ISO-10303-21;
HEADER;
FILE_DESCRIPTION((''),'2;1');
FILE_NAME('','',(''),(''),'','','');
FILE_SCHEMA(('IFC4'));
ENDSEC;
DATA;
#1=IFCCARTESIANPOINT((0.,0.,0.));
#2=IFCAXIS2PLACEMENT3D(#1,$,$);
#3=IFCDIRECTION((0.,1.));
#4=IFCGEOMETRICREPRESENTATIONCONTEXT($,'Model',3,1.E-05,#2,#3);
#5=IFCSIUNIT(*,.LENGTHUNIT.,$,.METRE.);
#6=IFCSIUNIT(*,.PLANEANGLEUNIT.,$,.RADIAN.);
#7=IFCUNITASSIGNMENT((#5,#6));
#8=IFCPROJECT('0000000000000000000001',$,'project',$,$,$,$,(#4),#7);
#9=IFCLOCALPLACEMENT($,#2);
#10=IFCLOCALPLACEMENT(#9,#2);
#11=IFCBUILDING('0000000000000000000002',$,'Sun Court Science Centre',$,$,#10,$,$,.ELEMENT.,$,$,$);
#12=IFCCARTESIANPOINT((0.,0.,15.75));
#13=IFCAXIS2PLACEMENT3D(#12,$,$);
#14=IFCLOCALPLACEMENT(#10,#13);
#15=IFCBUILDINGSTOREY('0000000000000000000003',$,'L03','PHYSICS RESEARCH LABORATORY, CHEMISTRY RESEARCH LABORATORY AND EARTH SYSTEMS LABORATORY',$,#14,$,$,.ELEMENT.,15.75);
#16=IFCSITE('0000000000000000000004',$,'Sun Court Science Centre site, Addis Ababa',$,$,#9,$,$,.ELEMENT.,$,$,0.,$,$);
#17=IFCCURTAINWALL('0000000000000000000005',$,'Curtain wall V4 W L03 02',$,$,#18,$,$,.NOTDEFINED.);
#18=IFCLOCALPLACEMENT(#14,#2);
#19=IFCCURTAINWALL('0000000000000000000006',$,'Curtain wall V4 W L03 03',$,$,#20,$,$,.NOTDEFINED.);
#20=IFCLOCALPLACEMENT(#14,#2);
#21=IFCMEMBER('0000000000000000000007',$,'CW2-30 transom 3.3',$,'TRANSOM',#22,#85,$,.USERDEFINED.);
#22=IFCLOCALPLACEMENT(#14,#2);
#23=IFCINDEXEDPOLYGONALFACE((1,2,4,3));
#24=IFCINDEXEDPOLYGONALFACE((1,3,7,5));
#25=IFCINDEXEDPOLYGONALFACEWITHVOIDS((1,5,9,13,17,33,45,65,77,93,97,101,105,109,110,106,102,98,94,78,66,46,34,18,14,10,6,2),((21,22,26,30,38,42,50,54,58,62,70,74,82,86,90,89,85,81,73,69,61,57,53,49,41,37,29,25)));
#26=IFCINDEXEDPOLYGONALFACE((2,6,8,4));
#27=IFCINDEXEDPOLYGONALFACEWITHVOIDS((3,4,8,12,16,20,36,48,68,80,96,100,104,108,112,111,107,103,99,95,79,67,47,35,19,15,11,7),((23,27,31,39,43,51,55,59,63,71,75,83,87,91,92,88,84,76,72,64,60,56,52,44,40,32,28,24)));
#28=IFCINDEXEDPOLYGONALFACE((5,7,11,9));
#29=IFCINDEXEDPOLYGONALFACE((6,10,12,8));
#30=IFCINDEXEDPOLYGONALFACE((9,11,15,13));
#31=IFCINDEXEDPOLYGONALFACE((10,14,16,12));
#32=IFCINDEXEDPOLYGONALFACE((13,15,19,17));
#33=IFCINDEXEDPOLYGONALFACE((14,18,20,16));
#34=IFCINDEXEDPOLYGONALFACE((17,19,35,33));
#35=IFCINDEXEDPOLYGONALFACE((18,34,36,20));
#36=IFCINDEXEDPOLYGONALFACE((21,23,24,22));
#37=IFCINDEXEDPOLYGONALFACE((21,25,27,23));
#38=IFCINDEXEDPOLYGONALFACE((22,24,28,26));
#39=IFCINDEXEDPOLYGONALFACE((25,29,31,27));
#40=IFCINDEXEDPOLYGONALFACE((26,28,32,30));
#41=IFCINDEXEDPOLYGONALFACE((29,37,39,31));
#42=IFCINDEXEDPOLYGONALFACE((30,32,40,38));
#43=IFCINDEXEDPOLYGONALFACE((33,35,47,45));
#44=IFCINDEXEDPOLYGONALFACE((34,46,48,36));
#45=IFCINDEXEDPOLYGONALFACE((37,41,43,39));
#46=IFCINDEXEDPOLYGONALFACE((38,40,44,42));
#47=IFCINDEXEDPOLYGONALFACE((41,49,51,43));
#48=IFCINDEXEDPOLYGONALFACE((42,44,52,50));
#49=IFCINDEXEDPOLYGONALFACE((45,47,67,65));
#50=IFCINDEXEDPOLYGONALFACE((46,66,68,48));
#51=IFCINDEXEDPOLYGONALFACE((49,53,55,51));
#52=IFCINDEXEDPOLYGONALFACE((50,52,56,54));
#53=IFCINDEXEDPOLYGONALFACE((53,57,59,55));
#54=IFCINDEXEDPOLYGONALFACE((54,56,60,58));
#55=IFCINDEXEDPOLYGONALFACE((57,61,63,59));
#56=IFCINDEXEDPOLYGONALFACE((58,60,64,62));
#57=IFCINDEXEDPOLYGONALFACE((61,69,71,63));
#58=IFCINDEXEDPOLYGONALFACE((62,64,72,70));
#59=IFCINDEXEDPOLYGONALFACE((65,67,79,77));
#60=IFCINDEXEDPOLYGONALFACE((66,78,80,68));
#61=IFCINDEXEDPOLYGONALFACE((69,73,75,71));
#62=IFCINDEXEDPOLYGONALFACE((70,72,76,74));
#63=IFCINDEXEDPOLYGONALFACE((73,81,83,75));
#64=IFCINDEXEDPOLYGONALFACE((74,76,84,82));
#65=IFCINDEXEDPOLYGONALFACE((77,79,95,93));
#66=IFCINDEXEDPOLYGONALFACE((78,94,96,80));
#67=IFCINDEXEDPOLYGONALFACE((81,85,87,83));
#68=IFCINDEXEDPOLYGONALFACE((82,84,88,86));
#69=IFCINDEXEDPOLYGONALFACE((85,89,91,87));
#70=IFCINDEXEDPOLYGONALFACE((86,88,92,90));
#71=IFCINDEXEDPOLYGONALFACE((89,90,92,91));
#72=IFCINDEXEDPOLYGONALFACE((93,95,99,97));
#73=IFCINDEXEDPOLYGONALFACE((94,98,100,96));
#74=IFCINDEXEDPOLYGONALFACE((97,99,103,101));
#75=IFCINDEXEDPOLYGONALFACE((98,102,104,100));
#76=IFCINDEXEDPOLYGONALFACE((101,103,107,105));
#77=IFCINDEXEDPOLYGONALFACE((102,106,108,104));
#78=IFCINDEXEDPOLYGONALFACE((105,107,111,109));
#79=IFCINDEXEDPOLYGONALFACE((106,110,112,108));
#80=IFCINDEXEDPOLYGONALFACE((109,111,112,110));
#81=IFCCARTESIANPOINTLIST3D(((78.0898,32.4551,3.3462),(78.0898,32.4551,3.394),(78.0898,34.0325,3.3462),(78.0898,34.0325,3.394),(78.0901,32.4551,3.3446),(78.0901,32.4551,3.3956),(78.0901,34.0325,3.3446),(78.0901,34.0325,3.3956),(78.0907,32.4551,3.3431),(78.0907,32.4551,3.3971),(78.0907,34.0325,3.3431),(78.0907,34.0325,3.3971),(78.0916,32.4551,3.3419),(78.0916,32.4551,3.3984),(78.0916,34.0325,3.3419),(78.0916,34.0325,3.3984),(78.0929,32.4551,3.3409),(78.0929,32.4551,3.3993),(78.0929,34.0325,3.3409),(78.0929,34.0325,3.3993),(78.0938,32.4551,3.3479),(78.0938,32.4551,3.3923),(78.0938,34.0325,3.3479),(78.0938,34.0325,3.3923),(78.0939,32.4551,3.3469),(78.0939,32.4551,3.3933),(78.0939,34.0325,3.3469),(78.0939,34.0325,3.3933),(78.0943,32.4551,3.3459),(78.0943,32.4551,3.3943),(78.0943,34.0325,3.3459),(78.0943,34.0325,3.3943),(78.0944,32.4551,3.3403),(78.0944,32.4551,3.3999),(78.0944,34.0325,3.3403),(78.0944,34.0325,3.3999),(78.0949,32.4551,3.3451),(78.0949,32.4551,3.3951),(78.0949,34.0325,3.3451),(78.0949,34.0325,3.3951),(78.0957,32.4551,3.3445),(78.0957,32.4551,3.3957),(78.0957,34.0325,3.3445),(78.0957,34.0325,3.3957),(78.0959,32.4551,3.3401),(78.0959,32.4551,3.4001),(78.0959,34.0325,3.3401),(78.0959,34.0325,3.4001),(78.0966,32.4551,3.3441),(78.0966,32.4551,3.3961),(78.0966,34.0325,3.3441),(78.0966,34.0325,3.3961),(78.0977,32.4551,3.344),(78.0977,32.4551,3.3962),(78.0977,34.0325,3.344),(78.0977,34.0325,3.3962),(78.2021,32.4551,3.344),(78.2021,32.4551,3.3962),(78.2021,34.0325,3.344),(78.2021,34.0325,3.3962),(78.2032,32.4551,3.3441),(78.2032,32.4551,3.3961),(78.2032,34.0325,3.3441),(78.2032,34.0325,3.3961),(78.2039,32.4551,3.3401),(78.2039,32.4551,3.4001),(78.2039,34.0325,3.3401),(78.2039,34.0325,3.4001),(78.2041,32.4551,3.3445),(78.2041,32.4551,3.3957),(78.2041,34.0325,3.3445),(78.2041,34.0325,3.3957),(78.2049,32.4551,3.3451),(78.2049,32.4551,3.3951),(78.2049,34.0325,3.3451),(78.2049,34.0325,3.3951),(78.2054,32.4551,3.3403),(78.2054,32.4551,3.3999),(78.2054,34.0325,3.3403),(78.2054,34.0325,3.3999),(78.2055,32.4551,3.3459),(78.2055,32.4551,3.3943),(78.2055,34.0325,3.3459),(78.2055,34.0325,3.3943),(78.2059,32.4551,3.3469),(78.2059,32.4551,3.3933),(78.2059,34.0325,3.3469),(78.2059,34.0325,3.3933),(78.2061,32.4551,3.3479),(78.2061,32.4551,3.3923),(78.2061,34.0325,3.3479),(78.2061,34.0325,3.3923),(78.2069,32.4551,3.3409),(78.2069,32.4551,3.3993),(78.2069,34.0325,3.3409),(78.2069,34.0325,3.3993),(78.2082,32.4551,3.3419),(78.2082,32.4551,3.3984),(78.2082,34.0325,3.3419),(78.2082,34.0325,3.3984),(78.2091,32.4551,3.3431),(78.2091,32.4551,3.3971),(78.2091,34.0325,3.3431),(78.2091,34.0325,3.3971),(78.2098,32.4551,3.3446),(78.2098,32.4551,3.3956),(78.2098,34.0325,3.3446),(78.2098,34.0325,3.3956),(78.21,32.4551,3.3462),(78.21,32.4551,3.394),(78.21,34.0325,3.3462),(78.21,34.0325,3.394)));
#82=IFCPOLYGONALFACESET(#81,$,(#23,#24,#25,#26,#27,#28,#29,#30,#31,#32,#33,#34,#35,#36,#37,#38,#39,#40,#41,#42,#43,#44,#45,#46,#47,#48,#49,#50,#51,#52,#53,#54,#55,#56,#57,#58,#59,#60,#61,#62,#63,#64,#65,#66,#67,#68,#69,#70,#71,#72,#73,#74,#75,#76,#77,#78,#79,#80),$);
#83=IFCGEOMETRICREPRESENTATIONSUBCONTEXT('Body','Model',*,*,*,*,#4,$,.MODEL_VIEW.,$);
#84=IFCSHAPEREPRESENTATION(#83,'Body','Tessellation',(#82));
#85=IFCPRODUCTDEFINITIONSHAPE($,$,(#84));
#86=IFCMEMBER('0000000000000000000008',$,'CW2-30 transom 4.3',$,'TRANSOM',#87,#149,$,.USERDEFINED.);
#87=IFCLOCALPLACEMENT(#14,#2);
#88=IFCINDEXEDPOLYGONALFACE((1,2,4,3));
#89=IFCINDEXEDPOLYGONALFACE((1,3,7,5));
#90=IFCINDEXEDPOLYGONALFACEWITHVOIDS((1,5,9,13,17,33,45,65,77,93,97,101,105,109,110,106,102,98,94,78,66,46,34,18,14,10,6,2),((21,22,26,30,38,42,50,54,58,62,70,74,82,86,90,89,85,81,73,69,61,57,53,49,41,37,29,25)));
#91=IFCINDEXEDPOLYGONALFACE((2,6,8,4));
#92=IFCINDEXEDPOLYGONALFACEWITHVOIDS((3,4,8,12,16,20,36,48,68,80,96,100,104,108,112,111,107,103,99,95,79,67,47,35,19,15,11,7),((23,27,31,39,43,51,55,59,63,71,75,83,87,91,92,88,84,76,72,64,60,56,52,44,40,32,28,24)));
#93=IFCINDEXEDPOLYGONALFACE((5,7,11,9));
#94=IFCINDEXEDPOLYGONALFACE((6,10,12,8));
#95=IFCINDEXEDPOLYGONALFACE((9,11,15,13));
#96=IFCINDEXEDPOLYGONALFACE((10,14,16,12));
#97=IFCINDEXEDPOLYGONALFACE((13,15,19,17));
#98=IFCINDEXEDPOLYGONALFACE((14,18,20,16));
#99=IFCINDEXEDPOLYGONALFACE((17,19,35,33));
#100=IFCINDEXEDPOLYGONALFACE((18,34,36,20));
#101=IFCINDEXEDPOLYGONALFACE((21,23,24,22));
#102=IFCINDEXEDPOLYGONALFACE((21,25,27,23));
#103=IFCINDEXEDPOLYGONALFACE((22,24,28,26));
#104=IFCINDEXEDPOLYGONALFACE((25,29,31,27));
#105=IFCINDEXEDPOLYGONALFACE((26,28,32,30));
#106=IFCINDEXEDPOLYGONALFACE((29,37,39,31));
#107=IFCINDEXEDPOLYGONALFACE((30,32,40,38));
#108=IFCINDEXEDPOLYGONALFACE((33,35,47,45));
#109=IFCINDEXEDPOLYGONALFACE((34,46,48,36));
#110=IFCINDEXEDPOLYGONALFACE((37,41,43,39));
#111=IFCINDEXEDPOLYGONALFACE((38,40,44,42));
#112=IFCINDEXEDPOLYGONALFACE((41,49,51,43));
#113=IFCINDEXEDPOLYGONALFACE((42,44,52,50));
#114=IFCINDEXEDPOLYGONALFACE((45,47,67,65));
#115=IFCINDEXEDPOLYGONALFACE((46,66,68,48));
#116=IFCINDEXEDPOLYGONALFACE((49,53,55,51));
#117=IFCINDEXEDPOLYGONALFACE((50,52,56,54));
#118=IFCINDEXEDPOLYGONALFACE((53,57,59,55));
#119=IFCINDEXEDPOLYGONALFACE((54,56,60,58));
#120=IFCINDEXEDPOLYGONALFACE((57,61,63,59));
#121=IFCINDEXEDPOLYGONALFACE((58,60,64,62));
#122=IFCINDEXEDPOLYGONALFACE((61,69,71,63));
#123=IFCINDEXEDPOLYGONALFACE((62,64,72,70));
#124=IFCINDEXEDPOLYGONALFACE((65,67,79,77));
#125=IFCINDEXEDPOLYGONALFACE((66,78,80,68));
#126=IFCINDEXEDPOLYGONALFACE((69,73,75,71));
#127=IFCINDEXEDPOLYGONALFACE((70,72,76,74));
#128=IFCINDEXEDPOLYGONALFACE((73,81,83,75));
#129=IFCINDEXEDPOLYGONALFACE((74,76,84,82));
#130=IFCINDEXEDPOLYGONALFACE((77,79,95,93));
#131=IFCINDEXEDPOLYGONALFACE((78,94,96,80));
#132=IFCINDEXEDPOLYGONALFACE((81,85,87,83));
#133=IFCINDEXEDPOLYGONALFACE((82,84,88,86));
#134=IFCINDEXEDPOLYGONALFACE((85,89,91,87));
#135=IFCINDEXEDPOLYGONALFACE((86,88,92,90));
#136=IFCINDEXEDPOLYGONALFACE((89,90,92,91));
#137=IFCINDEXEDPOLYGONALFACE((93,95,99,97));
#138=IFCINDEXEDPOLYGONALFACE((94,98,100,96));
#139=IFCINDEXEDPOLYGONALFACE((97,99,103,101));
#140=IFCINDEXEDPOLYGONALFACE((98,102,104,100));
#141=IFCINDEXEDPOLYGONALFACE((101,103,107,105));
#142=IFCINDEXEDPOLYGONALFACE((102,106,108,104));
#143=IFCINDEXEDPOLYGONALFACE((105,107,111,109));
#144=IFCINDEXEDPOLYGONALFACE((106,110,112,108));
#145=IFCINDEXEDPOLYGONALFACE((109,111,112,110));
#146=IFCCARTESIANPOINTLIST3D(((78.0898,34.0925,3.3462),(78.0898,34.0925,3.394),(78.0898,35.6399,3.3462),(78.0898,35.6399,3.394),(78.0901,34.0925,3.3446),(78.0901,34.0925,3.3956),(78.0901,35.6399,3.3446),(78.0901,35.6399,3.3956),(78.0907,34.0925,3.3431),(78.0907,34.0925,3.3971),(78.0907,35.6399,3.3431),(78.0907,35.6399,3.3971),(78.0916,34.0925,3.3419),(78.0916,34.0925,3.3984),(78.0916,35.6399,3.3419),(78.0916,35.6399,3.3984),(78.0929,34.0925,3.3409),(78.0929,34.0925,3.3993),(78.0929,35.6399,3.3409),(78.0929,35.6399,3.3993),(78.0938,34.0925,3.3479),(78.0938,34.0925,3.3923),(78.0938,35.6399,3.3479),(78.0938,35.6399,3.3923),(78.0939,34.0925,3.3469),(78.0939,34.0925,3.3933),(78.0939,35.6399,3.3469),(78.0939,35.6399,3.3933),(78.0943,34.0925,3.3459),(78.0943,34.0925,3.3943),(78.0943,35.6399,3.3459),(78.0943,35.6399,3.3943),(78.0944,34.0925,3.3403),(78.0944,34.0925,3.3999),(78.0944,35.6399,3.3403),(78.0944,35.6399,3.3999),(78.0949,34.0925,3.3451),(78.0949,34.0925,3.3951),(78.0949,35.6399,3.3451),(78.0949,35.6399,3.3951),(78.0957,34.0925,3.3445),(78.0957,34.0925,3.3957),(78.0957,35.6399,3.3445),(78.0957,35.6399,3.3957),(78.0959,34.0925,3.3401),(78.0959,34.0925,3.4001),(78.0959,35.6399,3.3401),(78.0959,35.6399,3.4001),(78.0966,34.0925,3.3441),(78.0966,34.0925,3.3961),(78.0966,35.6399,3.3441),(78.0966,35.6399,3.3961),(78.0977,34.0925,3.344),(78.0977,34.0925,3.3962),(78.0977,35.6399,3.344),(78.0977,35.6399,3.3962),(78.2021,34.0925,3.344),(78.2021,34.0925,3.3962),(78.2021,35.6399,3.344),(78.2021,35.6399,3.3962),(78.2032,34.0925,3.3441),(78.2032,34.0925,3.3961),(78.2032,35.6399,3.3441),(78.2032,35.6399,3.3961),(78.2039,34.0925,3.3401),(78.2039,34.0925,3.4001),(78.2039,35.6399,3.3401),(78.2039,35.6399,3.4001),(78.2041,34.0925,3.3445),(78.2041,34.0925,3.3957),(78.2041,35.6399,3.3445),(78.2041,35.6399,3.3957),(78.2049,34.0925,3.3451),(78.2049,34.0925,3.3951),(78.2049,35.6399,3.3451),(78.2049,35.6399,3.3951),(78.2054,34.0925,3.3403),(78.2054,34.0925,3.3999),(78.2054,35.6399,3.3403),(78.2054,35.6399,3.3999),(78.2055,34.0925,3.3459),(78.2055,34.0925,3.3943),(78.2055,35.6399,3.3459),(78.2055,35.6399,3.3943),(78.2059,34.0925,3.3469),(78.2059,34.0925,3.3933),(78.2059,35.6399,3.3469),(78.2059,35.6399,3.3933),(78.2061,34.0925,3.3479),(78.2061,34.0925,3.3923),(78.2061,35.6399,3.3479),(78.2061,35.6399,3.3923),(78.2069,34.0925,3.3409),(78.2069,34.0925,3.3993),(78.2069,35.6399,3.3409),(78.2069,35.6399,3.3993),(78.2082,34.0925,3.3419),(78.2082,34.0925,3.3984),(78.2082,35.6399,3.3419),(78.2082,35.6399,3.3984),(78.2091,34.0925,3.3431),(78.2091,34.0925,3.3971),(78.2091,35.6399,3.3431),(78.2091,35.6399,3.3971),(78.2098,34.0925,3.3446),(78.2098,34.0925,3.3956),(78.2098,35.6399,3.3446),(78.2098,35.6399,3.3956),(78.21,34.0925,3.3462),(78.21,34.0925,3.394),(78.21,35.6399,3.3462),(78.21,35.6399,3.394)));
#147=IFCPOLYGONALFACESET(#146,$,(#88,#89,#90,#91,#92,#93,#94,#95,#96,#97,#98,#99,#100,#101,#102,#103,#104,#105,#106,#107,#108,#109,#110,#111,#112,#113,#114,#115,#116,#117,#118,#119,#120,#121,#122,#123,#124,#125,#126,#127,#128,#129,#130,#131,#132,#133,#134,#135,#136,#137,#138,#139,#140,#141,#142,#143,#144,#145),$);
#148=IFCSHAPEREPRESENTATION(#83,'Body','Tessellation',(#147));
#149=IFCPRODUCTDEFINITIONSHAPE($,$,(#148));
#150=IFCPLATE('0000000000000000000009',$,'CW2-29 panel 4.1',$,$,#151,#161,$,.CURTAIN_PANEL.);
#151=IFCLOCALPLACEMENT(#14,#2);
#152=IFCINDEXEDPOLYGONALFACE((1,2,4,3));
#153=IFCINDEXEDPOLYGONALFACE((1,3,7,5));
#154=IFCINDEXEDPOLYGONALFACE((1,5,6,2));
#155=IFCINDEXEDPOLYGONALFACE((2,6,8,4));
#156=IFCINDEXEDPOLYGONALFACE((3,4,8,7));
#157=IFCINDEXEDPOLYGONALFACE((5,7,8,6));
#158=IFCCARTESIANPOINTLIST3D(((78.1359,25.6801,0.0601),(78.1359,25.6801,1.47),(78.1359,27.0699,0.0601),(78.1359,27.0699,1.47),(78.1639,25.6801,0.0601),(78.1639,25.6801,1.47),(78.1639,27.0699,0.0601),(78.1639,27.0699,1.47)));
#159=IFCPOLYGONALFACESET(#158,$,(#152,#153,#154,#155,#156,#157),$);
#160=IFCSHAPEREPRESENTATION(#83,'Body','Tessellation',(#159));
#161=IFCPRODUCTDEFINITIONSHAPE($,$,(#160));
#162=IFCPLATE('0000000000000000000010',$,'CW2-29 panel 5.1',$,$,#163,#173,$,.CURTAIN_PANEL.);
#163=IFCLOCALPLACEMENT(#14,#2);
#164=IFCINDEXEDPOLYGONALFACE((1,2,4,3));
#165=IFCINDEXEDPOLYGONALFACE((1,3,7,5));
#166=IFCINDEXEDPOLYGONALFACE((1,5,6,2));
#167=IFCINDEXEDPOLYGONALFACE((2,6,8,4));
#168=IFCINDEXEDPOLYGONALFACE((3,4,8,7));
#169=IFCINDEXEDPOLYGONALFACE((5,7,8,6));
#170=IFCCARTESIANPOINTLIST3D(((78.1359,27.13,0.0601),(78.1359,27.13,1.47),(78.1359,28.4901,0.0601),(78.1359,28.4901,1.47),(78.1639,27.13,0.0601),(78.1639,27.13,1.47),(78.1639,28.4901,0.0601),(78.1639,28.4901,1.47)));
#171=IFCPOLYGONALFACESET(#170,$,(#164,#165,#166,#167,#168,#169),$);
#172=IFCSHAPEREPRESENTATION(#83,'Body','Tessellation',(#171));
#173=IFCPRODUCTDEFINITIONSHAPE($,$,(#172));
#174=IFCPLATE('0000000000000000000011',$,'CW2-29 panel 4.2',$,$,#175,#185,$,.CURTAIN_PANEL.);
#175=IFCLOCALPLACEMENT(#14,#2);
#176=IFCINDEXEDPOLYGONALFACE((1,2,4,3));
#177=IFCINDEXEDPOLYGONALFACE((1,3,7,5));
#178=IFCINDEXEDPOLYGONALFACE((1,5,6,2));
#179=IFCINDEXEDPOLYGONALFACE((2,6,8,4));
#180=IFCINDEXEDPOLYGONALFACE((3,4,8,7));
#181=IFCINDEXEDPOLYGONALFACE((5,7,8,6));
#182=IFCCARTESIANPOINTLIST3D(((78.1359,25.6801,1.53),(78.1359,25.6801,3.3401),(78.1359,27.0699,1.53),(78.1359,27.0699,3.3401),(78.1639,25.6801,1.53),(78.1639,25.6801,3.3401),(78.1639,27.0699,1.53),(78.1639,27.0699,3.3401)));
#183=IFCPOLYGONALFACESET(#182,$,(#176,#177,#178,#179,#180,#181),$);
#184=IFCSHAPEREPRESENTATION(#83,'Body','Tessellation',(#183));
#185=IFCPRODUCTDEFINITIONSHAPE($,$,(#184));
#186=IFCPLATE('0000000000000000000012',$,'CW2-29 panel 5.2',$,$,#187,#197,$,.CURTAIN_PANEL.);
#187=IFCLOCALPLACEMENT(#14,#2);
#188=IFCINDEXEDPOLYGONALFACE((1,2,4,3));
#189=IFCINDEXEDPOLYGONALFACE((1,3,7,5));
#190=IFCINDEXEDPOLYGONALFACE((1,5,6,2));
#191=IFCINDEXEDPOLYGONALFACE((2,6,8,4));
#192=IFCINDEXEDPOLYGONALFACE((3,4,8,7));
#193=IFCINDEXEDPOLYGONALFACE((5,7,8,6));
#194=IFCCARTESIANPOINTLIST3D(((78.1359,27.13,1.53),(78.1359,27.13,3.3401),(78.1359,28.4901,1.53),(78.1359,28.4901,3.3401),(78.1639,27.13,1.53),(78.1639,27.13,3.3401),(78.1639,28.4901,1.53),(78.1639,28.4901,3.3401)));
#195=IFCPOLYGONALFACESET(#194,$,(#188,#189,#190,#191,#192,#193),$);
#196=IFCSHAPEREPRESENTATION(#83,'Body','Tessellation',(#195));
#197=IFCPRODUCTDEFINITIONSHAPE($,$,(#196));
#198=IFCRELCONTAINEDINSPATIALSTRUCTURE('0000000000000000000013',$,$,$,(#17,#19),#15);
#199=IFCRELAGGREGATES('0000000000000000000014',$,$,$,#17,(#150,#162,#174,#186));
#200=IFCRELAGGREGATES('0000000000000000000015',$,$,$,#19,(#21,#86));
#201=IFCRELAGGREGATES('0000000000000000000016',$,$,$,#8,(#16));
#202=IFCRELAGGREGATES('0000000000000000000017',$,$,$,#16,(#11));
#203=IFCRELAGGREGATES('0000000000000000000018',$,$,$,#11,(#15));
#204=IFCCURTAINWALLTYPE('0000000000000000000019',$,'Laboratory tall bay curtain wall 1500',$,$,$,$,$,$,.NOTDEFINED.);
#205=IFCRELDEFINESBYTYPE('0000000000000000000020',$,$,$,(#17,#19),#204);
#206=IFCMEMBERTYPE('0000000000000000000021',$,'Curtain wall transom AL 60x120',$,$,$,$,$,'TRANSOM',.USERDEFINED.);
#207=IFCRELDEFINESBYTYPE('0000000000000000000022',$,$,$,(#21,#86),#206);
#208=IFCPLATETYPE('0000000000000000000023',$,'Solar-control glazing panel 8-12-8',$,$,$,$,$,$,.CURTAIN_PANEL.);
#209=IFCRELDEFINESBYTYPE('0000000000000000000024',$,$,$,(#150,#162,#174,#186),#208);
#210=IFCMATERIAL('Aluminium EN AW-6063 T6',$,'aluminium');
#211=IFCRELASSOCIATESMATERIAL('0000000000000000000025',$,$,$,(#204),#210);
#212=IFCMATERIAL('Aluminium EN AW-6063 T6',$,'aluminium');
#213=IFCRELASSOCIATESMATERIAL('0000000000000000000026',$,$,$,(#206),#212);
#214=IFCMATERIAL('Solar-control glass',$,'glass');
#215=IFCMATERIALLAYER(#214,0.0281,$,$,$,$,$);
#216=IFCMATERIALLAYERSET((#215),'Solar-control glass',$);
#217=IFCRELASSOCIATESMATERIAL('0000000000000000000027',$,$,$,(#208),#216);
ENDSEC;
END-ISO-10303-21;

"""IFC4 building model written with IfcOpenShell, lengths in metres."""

from ifc_helpers import new_model, si_unit, direction, frame, origin, origin_2d, place, context, subcontext, project, spatial, rectangle, hollow_rectangle, extrude, material, layer, layer_set, material_profile, profile_set, type_object, element, aggregate, save


model = new_model("IFC4")

# Units and contexts
model_context = context("Model", 3, precision=1e-05, world=origin(), true_north=direction((0.0, 1.0)))
body_context = subcontext(model_context, "Body", "Model", "MODEL_VIEW")
ifc_project = project(units=[si_unit("LENGTHUNIT", "METRE"), si_unit("PLANEANGLEUNIT", "RADIAN")], contexts=[model_context])

# Site, building, storey
site_placement = place(None, origin())
site = spatial("IfcSite", under=ifc_project, at=site_placement, Name="Sun Court Science Centre site, Addis Ababa", CompositionType="ELEMENT", RefElevation=0.0)
building_placement = place(site_placement, origin())
building = spatial("IfcBuilding", under=site, at=building_placement, Name="Sun Court Science Centre", CompositionType="ELEMENT")
storey_placement = place(building_placement, frame((0.0, 0.0, 15.75)))
storey = spatial("IfcBuildingStorey", under=building, at=storey_placement, Name="L03", Description="PHYSICS RESEARCH LABORATORY, CHEMISTRY RESEARCH LABORATORY AND EARTH SYSTEMS LABORATORY", CompositionType="ELEMENT", Elevation=15.75)

# Curtain walls
ifc_material_1 = material(Name="Aluminium EN AW-6063 T6", Category="aluminium")
curtain_wall_type = type_object("IfcCurtainWallType", Name="Laboratory tall bay curtain wall 1500", PredefinedType="NOTDEFINED", material=ifc_material_1)
curtain_wall_1_placement = place(storey_placement, origin())
curtain_wall_1 = element("IfcCurtainWall", 1, at=curtain_wall_1_placement, inside=storey, type_object=curtain_wall_type, Name="Curtain wall V4 W L03 02", PredefinedType="NOTDEFINED")
curtain_wall_2_placement = place(storey_placement, origin())
curtain_wall_2 = element("IfcCurtainWall", 2, at=curtain_wall_2_placement, inside=storey, type_object=curtain_wall_type, Name="Curtain wall V4 W L03 03", PredefinedType="NOTDEFINED")

# Members
ifc_material_2 = material(Name="Aluminium EN AW-6063 T6", Category="aluminium")
ifc_material_profile_1 = material_profile(ifc_material_2, hollow_rectangle(XDim=0.0601, YDim=0.1201, WallThickness=0.0039, InnerFilletRadius=0.0039, OuterFilletRadius=0.0061, at=origin_2d()), Name="AL 60x120x4")
ifc_profile_set_1 = profile_set([ifc_material_profile_1], Name="Aluminium EN AW-6063 T6")
member_type_1 = type_object("IfcMemberType", Name="Curtain wall transom AL 60x120", ElementType="TRANSOM", PredefinedType="USERDEFINED", material=ifc_profile_set_1)
member_1_placement = place(storey_placement, frame((78.1499, 32.4551, 3.3701), z_axis=(0.0, 1.0, 0.0), x_axis=(0.0, 0.0, 1.0)))
member_1 = element("IfcMember", 3, at=member_1_placement, type_object=member_type_1, Name="CW2-30 transom 3.3", ObjectType="TRANSOM", PredefinedType="USERDEFINED", context=body_context, shape_type="SweptSolid", body=[
    extrude(hollow_rectangle(XDim=0.0601, YDim=0.1201, WallThickness=0.0039, InnerFilletRadius=0.0039, OuterFilletRadius=0.0061, at=origin_2d()), origin(), (0.0, 0.0, 1.0), 1.5774),
])
member_2_placement = place(storey_placement, frame((78.1499, 34.0925, 3.3701), z_axis=(0.0, 1.0, 0.0), x_axis=(0.0, 0.0, 1.0)))
member_2 = element("IfcMember", 4, at=member_2_placement, type_object=member_type_1, Name="CW2-30 transom 4.3", ObjectType="TRANSOM", PredefinedType="USERDEFINED", context=body_context, shape_type="SweptSolid", body=[
    extrude(hollow_rectangle(XDim=0.0601, YDim=0.1201, WallThickness=0.0039, InnerFilletRadius=0.0039, OuterFilletRadius=0.0061, at=origin_2d()), origin(), (0.0, 0.0, 1.0), 1.5474),
])

# Plates
ifc_material_3 = material(Name="Solar-control glass", Category="glass")
ifc_layer = layer(ifc_material_3, 0.0281)
ifc_layer_set = layer_set([ifc_layer], Name="Solar-control glass")
plate_type = type_object("IfcPlateType", Name="Solar-control glazing panel 8-12-8", PredefinedType="CURTAIN_PANEL", material=ifc_layer_set)
plate_1_placement = place(storey_placement, frame((78.1499, 26.375, 0.0601), z_axis=(0.0, 0.0, 1.0), x_axis=(0.0, 1.0, 0.0)))
plate_1 = element("IfcPlate", 5, at=plate_1_placement, type_object=plate_type, Name="CW2-29 panel 4.1", PredefinedType="CURTAIN_PANEL", context=body_context, shape_type="SweptSolid", body=[
    extrude(rectangle(XDim=1.3899, YDim=0.0281, at=origin_2d()), origin(), (0.0, 0.0, 1.0), 1.4099),
])
plate_2_placement = place(storey_placement, frame((78.1499, 27.8101, 0.0601), z_axis=(0.0, 0.0, 1.0), x_axis=(0.0, 1.0, 0.0)))
plate_2 = element("IfcPlate", 6, at=plate_2_placement, type_object=plate_type, Name="CW2-29 panel 5.1", PredefinedType="CURTAIN_PANEL", context=body_context, shape_type="SweptSolid", body=[
    extrude(rectangle(XDim=1.3601, YDim=0.0281, at=origin_2d()), origin(), (0.0, 0.0, 1.0), 1.4099),
])
plate_3_placement = place(storey_placement, frame((78.1499, 26.375, 1.53), z_axis=(0.0, 0.0, 1.0), x_axis=(0.0, 1.0, 0.0)))
plate_3 = element("IfcPlate", 7, at=plate_3_placement, type_object=plate_type, Name="CW2-29 panel 4.2", PredefinedType="CURTAIN_PANEL", context=body_context, shape_type="SweptSolid", body=[
    extrude(rectangle(XDim=1.3899, YDim=0.0281, at=origin_2d()), origin(), (0.0, 0.0, 1.0), 1.8101),
])
plate_4_placement = place(storey_placement, frame((78.1499, 27.8101, 1.53), z_axis=(0.0, 0.0, 1.0), x_axis=(0.0, 1.0, 0.0)))
plate_4 = element("IfcPlate", 8, at=plate_4_placement, type_object=plate_type, Name="CW2-29 panel 5.2", PredefinedType="CURTAIN_PANEL", context=body_context, shape_type="SweptSolid", body=[
    extrude(rectangle(XDim=1.3601, YDim=0.0281, at=origin_2d()), origin(), (0.0, 0.0, 1.0), 1.8101),
])
aggregate(curtain_wall_1, [plate_1, plate_2, plate_3, plate_4])
aggregate(curtain_wall_2, [member_1, member_2])

save(model, "model.ifc")
